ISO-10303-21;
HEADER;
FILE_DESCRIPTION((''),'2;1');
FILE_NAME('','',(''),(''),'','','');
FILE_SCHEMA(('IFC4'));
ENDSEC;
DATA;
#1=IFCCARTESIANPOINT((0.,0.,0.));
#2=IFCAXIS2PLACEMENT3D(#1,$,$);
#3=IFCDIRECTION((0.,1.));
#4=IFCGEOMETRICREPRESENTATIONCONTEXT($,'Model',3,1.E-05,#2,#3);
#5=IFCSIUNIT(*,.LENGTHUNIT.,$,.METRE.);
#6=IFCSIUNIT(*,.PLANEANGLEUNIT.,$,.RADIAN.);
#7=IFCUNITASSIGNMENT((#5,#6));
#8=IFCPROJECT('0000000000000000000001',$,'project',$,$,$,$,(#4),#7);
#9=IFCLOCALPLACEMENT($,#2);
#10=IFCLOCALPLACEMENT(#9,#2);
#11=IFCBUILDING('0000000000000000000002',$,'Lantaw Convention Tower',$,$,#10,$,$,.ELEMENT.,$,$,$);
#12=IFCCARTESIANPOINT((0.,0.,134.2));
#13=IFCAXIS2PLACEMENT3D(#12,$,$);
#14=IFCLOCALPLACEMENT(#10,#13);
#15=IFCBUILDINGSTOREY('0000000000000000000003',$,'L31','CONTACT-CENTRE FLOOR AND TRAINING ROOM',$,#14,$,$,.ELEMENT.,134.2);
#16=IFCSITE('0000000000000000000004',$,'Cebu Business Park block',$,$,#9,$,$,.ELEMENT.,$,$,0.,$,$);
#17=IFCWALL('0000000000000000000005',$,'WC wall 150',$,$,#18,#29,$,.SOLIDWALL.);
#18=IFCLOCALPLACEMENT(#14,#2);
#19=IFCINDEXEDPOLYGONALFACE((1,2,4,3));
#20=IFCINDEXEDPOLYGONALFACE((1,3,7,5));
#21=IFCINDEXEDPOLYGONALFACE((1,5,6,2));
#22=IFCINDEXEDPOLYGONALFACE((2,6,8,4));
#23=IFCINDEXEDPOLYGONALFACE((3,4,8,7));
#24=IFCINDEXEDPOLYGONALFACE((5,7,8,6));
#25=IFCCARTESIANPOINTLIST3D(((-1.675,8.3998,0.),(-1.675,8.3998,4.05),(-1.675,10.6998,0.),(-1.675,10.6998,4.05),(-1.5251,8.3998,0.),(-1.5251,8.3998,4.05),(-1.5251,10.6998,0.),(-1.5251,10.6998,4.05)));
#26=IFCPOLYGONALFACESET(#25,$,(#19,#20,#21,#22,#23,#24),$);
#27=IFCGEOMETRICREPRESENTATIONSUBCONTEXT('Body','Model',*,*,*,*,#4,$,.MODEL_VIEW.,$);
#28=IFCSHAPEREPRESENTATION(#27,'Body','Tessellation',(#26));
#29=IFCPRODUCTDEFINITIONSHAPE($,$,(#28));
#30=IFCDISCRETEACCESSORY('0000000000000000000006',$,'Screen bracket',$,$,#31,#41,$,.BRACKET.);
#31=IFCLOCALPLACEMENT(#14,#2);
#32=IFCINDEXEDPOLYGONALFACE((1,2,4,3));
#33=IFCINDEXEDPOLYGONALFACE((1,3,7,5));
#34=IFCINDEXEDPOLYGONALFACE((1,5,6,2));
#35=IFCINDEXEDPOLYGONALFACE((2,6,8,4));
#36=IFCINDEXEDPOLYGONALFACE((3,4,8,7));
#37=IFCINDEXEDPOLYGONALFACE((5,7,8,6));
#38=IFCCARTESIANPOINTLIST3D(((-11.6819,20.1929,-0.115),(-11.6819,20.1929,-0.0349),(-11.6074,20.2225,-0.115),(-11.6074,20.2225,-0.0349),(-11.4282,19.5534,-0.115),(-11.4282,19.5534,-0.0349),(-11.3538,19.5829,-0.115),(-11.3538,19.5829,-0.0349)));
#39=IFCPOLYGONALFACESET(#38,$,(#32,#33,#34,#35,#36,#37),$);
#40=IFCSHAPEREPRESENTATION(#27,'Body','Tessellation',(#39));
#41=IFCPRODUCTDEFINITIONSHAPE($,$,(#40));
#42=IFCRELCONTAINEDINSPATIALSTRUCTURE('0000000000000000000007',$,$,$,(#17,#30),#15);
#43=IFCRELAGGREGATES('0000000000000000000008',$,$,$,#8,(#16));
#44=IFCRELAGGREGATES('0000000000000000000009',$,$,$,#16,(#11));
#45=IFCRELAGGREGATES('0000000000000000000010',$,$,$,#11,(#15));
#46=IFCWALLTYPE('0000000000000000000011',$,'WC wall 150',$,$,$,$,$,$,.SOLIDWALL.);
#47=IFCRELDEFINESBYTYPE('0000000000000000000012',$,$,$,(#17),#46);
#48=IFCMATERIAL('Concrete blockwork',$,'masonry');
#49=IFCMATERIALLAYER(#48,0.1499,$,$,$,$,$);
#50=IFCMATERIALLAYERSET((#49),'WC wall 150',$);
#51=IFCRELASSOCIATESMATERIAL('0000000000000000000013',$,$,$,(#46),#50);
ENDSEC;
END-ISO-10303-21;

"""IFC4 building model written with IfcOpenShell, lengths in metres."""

from ifc_helpers import new_model, si_unit, direction, frame, frame_2d, origin, origin_2d, place, context, subcontext, project, spatial, rectangle, extrude, material, layer, layer_set, type_object, element, save


model = new_model("IFC4")

# Units and contexts
model_context = context("Model", 3, precision=1e-05, world=origin(), true_north=direction((0.0, 1.0)))
body_context = subcontext(model_context, "Body", "Model", "MODEL_VIEW")
ifc_project = project(units=[si_unit("LENGTHUNIT", "METRE"), si_unit("PLANEANGLEUNIT", "RADIAN")], contexts=[model_context])

# Site, building, storey
site_placement = place(None, origin())
site = spatial("IfcSite", under=ifc_project, at=site_placement, Name="Cebu Business Park block", CompositionType="ELEMENT", RefElevation=0.0)
building_placement = place(site_placement, origin())
building = spatial("IfcBuilding", under=site, at=building_placement, Name="Lantaw Convention Tower", CompositionType="ELEMENT")
storey_placement = place(building_placement, frame((0.0, 0.0, 134.2)))
storey = spatial("IfcBuildingStorey", under=building, at=storey_placement, Name="L31", Description="CONTACT-CENTRE FLOOR AND TRAINING ROOM", CompositionType="ELEMENT", Elevation=134.2)

# Shared definitions
ifc_material_1 = material(Name="Concrete blockwork", Category="masonry")
ifc_layer_1 = layer(ifc_material_1, 0.1499)
ifc_layer_set_1 = layer_set([ifc_layer_1], Name="WC wall 150")
wall_type_1 = type_object("IfcWallType", Name="WC wall 150", PredefinedType="SOLIDWALL", material=ifc_layer_set_1)

# Wall
wall_1_placement = place(storey_placement, frame((-1.6001, 8.3999, 0.0), z_axis=(0.0, 0.0, 1.0), x_axis=(0.0, 1.0, 0.0)))
element("IfcWall", 1, at=wall_1_placement, inside=storey, type_object=wall_type_1, Name="WC wall 150", PredefinedType="SOLIDWALL", context=body_context, shape_type="SweptSolid", body=[
    extrude(rectangle(XDim=2.3, YDim=0.1499, at=frame_2d((1.1499, 0.0))), origin(), (0.0, 0.0, 1.0), 4.05),
])

# Discrete accessory
discrete_accessory_placement = place(storey_placement, frame((-11.5178, 19.8879, -0.115), z_axis=(0.0, 0.0, 1.0), x_axis=(-0.929548, -0.368702, 0.0)))
element("IfcDiscreteAccessory", 2, at=discrete_accessory_placement, inside=storey, Name="Screen bracket", PredefinedType="BRACKET", context=body_context, shape_type="SweptSolid", body=[
    extrude(rectangle(XDim=0.0801, YDim=0.688, at=origin_2d()), origin(), (0.0, 0.0, 1.0), 0.0801),
])

save(model, "model.ifc")
